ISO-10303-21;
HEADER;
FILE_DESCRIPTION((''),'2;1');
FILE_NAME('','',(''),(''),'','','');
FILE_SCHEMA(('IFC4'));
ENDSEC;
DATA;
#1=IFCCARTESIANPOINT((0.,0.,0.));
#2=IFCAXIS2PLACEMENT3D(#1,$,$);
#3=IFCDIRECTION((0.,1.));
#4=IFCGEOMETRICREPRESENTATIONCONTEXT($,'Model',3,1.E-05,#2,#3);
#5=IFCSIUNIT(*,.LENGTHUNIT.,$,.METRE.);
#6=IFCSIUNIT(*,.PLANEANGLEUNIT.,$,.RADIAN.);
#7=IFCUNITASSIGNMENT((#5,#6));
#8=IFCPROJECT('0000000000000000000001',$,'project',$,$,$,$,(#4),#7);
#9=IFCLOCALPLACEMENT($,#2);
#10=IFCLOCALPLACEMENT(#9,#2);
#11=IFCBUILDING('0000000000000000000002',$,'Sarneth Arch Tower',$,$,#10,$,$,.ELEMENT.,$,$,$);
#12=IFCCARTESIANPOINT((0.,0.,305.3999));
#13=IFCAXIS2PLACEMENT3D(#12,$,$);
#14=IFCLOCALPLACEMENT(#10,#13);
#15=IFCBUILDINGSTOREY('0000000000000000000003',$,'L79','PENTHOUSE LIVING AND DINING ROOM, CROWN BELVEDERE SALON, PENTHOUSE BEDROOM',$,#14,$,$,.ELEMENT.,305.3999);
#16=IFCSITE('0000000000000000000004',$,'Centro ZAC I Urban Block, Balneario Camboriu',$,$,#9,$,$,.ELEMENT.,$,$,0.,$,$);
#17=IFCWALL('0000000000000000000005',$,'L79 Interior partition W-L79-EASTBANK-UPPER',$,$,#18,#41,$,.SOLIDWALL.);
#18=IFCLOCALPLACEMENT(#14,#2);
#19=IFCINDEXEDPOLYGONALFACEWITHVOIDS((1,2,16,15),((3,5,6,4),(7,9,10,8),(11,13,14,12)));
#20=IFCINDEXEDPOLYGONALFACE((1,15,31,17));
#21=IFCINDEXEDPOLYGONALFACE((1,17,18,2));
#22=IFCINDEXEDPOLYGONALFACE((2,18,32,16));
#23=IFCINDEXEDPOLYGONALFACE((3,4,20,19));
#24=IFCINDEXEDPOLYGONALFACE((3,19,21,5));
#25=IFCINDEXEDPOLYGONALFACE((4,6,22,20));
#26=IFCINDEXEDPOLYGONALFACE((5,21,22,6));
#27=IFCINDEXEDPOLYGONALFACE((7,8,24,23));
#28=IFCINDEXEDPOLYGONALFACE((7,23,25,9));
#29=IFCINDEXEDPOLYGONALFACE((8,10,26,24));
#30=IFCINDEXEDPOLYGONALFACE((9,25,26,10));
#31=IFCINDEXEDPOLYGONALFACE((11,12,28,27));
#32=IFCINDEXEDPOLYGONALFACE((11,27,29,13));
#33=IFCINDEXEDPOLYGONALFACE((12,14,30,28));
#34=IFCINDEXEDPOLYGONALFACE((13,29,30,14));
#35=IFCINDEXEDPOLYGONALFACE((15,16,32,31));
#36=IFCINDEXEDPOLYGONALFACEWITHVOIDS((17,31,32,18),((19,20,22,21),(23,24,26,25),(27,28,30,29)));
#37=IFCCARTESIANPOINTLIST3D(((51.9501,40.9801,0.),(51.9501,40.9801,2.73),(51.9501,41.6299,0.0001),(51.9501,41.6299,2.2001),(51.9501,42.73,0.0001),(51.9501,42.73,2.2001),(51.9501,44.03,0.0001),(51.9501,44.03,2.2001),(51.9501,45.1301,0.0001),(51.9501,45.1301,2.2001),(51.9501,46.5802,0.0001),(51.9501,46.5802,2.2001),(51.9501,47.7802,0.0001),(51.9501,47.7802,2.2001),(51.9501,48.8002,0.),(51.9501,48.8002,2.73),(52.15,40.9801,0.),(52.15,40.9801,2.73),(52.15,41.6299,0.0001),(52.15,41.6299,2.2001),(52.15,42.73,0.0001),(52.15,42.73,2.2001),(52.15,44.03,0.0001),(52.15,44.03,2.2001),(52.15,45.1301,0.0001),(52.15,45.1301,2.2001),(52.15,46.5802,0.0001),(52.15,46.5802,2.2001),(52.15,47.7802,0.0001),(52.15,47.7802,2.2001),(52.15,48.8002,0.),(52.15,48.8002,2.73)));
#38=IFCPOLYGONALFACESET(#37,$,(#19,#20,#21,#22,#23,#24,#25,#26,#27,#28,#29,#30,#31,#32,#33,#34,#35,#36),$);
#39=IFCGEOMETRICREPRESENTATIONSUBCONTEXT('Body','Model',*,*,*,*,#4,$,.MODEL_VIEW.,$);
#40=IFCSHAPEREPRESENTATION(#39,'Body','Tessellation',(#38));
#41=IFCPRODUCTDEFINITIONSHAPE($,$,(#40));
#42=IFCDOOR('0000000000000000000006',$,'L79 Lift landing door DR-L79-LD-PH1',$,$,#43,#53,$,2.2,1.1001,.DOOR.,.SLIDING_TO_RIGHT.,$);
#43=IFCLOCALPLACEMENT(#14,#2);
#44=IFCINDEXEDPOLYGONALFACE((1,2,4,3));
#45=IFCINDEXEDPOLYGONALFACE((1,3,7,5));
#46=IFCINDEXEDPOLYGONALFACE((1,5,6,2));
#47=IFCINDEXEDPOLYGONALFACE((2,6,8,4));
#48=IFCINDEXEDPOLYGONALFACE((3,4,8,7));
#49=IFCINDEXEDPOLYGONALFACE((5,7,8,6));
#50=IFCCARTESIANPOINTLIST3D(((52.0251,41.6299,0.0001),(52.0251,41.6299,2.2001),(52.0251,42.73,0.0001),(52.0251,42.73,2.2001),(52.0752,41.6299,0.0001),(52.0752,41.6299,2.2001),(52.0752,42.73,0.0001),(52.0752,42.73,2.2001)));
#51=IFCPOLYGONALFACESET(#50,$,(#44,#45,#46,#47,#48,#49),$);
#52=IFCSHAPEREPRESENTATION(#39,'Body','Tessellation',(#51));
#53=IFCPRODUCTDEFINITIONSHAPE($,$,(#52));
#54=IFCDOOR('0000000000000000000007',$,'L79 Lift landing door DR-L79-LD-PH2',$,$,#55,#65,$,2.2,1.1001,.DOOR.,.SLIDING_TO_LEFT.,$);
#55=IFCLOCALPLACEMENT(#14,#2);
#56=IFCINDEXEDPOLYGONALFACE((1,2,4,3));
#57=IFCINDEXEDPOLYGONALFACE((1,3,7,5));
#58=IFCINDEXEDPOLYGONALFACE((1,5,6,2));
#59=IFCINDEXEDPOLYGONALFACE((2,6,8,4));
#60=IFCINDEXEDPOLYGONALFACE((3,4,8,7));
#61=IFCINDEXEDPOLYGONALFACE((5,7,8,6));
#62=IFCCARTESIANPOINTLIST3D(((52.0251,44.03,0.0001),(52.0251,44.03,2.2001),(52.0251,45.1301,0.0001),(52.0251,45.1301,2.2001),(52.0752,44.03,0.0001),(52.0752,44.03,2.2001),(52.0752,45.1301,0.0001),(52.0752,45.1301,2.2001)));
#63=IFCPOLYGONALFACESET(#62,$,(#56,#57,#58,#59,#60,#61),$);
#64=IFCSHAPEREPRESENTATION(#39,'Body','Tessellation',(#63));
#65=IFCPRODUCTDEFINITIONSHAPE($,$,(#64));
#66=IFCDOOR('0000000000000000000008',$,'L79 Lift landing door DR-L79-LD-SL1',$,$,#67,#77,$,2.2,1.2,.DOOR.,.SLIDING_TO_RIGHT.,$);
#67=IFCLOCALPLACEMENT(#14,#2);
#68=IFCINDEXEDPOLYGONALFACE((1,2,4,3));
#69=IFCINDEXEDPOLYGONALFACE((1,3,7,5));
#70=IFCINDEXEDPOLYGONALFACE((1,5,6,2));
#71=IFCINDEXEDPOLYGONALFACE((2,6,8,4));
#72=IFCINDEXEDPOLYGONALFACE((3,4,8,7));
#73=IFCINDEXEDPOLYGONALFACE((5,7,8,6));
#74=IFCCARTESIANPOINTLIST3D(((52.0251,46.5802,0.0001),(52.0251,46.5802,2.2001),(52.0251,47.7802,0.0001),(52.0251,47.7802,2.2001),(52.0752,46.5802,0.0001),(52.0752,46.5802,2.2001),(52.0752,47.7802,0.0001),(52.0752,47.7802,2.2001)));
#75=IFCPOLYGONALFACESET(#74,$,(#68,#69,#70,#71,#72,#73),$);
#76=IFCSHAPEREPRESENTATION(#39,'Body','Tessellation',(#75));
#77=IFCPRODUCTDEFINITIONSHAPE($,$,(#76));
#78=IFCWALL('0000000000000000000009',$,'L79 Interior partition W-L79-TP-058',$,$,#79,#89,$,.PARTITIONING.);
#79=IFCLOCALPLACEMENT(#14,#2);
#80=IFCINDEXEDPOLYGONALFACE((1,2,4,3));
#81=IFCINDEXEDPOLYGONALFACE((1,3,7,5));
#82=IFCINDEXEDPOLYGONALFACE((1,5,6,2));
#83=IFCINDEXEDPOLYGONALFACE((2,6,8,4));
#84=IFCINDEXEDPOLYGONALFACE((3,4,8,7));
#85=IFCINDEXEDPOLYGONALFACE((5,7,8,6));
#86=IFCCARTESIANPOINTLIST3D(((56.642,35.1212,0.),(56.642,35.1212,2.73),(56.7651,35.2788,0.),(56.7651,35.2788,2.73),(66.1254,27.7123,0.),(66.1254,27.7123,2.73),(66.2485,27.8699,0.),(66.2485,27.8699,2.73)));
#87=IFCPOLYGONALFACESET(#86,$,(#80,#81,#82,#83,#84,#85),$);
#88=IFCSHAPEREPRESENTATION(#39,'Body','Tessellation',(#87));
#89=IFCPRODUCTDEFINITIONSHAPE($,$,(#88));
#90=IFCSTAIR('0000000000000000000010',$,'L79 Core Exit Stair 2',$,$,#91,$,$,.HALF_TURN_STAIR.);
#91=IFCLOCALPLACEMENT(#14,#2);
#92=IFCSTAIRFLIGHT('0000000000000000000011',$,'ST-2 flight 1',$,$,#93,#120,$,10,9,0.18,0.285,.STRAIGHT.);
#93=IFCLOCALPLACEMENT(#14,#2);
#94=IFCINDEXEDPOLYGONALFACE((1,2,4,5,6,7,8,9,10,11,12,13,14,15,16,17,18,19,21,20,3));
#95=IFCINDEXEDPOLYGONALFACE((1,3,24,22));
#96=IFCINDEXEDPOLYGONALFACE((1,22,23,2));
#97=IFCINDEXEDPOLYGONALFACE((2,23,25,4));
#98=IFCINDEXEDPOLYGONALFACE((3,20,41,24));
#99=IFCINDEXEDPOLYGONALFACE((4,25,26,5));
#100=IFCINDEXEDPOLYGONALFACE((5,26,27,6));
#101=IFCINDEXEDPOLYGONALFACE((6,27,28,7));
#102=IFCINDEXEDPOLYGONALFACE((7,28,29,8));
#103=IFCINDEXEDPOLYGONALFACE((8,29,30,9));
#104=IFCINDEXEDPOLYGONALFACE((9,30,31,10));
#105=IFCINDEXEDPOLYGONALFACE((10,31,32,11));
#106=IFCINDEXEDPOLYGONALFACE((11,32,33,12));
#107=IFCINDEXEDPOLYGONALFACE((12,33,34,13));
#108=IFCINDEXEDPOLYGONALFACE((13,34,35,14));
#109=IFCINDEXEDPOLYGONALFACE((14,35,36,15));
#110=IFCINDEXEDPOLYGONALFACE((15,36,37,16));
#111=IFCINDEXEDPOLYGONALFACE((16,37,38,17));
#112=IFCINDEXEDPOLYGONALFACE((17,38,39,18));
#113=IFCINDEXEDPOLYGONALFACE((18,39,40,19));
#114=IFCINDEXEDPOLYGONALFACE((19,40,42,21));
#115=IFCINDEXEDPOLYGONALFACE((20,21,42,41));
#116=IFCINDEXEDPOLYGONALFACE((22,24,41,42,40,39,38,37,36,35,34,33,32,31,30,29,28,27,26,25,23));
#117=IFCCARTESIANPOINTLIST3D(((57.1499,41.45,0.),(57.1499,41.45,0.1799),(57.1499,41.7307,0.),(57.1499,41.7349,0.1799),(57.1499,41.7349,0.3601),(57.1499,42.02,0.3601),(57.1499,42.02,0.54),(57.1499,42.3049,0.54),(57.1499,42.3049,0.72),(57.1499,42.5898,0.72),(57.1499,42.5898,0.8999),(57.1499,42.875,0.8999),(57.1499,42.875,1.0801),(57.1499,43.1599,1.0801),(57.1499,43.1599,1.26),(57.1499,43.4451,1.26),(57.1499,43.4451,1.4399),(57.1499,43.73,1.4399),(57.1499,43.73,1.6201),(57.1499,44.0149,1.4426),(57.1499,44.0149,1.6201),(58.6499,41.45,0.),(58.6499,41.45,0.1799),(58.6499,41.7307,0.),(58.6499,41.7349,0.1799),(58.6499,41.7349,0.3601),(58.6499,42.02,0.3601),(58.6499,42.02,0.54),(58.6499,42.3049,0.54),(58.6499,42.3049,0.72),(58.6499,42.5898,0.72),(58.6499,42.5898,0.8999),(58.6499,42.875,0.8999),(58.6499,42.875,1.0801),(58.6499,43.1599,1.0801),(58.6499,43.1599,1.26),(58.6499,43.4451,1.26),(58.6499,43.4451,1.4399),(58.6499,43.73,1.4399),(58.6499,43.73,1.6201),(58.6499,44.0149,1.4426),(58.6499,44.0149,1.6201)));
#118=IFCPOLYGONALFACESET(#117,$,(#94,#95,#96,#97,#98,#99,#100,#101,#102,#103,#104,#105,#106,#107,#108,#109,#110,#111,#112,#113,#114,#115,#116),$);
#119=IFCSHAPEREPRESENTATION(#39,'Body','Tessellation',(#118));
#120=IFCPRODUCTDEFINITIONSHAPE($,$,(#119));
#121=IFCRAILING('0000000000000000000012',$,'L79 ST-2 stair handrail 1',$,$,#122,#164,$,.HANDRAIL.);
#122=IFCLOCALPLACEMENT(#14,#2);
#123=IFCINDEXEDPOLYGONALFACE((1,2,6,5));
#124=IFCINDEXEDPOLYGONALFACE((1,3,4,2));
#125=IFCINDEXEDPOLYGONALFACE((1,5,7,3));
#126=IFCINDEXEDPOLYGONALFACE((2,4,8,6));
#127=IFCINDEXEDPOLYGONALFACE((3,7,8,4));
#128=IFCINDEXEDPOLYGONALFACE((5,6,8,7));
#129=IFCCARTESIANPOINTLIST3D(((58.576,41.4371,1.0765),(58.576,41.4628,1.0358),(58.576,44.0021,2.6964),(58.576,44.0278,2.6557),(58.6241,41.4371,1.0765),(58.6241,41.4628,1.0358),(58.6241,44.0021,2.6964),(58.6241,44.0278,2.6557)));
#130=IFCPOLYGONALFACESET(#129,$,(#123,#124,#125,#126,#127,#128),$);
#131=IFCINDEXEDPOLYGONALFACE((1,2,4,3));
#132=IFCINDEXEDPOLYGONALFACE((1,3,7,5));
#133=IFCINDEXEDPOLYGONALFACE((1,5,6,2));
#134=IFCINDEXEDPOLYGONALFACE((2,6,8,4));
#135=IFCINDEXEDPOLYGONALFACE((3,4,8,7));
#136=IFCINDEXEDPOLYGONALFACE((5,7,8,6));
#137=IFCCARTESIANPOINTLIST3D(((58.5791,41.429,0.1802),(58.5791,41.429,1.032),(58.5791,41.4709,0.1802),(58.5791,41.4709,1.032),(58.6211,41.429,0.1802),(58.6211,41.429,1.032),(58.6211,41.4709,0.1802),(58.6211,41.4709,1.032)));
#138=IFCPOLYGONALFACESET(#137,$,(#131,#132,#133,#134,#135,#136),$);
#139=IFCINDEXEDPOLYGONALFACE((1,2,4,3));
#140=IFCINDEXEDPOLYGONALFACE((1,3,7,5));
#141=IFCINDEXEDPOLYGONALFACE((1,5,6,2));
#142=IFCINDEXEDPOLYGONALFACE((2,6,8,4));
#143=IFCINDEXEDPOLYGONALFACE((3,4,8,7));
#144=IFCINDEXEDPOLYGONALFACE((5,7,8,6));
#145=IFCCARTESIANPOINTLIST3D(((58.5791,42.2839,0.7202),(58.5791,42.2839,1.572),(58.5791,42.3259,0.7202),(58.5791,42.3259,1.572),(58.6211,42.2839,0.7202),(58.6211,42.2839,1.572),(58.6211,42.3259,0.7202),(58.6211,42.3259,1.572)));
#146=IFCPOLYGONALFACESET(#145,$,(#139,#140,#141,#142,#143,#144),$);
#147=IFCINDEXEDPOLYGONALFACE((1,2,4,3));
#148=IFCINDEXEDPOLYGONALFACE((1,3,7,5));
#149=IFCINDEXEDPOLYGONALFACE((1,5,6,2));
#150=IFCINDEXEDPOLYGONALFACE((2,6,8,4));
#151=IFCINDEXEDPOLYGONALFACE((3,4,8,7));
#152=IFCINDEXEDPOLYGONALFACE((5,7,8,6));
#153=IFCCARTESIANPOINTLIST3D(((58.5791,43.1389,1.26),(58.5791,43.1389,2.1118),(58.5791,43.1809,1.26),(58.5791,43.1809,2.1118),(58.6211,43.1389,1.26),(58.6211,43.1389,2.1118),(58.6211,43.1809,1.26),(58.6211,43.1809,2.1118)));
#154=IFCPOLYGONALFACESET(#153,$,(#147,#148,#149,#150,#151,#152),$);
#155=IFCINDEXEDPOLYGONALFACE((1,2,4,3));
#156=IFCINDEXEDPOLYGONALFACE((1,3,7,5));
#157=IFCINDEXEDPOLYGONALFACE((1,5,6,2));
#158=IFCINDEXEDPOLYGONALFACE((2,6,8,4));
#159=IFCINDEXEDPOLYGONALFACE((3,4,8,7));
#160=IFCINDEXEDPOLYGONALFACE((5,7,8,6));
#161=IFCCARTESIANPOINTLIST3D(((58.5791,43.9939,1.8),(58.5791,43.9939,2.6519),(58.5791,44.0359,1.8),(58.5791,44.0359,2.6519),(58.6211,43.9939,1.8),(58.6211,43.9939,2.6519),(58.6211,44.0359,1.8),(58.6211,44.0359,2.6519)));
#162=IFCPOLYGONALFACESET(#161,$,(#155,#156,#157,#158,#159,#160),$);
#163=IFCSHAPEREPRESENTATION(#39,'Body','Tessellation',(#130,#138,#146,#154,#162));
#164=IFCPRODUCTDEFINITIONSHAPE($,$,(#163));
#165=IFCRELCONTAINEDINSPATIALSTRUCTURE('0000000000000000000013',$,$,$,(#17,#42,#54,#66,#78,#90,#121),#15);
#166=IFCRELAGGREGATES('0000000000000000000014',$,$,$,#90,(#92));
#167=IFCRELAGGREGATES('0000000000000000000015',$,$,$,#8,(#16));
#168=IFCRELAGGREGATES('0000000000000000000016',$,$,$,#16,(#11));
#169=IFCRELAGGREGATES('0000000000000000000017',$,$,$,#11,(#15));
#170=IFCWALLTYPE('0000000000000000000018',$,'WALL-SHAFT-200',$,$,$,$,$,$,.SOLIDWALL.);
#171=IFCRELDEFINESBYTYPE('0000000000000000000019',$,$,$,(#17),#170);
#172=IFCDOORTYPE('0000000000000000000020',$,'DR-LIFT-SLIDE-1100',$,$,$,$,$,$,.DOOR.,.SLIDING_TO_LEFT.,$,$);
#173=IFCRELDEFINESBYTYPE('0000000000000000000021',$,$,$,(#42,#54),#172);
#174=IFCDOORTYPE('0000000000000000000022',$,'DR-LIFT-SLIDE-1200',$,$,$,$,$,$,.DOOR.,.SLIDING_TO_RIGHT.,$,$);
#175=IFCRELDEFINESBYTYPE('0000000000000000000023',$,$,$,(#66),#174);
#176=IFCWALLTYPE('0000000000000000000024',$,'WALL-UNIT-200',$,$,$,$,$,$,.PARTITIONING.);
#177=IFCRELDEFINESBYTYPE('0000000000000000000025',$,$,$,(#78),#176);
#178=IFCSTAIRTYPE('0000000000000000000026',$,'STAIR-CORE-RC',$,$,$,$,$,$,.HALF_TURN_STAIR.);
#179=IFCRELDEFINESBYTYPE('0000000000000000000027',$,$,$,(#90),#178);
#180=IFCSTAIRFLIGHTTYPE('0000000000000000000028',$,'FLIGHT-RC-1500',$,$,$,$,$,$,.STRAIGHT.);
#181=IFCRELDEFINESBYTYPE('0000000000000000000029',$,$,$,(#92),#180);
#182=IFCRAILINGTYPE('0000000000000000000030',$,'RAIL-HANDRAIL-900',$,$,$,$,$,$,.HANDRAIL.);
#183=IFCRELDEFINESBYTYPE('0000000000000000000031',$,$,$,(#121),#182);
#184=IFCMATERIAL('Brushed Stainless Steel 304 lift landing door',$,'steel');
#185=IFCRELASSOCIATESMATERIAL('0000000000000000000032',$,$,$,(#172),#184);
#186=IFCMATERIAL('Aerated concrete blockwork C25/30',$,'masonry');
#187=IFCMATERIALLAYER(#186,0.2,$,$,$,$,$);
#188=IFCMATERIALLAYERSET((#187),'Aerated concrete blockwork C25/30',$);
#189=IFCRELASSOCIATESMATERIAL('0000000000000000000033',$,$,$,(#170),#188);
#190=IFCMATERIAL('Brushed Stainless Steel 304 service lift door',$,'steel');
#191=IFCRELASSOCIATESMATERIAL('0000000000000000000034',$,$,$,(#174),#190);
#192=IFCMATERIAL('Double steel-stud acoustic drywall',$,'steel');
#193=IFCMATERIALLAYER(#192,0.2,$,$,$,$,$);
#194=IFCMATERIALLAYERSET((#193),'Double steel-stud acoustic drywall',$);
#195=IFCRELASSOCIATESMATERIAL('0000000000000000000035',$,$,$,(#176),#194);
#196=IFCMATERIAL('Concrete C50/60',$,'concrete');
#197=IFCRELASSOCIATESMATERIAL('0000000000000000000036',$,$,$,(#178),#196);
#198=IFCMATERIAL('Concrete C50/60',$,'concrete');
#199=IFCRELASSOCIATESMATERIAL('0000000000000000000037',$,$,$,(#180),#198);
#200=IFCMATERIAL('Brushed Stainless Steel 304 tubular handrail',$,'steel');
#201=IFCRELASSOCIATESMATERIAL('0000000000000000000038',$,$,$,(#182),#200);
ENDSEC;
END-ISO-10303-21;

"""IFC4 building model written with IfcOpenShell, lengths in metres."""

from ifc_helpers import new_model, si_unit, direction, frame, frame_2d, origin, origin_2d, place, context, subcontext, project, spatial, polyline, rectangle, outline, extrude, material, layer, layer_set, type_object, element, fill, aggregate, save


model = new_model("IFC4")

# Units and contexts
model_context = context("Model", 3, precision=1e-05, world=origin(), true_north=direction((0.0, 1.0)))
body_context = subcontext(model_context, "Body", "Model", "MODEL_VIEW")
ifc_project = project(units=[si_unit("LENGTHUNIT", "METRE"), si_unit("PLANEANGLEUNIT", "RADIAN")], contexts=[model_context])

# Site, building, storey
site_placement = place(None, origin())
site = spatial("IfcSite", under=ifc_project, at=site_placement, Name="Centro ZAC I Urban Block, Balneario Camboriu", CompositionType="ELEMENT", RefElevation=0.0)
building_placement = place(site_placement, origin())
building = spatial("IfcBuilding", under=site, at=building_placement, Name="Sarneth Arch Tower", CompositionType="ELEMENT")
storey_placement = place(building_placement, frame((0.0, 0.0, 305.3999)))
storey = spatial("IfcBuildingStorey", under=building, at=storey_placement, Name="L79", Description="PENTHOUSE LIVING AND DINING ROOM, CROWN BELVEDERE SALON, PENTHOUSE BEDROOM", CompositionType="ELEMENT", Elevation=305.3999)

# Shared definitions
ifc_material_1 = material(Name="Brushed Stainless Steel 304 lift landing door", Category="steel")
door_type_1 = type_object("IfcDoorType", Name="DR-LIFT-SLIDE-1100", OperationType="SLIDING_TO_LEFT", PredefinedType="DOOR", material=ifc_material_1)

# Shared definitions
ifc_material_2 = material(Name="Aerated concrete blockwork C25/30", Category="masonry")
ifc_layer_1 = layer(ifc_material_2, 0.2)
ifc_layer_set_1 = layer_set([ifc_layer_1], Name="Aerated concrete blockwork C25/30")
wall_type_1 = type_object("IfcWallType", Name="WALL-SHAFT-200", PredefinedType="SOLIDWALL", material=ifc_layer_set_1)

# Wall, openings, doors
wall_1_placement = place(storey_placement, frame((52.05, 40.98, 0.0), z_axis=(0.0, 0.0, 1.0), x_axis=(0.0, 1.0, 0.0)))
wall_1 = element("IfcWall", 1, at=wall_1_placement, inside=storey, type_object=wall_type_1, Name="L79 Interior partition W-L79-EASTBANK-UPPER", PredefinedType="SOLIDWALL", context=body_context, shape_type="SweptSolid", body=[
    extrude(rectangle(XDim=7.8201, YDim=0.2, at=frame_2d((3.9102, 0.0))), origin(), (0.0, 0.0, 1.0), 2.73),
])
opening_1_placement = place(wall_1_placement, frame((0.6499, 0.0, 0.0)))
opening_1 = element("IfcOpeningElement", 2, at=opening_1_placement, cuts=wall_1, PredefinedType="OPENING", context=body_context, shape_type="SweptSolid", body=[
    extrude(rectangle(XDim=1.1001, YDim=2.2, at=frame_2d((0.55, 1.1001))), frame((0.0, 0.1099, 0.0), z_axis=(0.0, -1.0, 0.0), x_axis=(1.0, 0.0, 0.0)), (0.0, 0.0, 1.0), 0.22),
])
opening_2_placement = place(wall_1_placement, frame((3.05, 0.0, 0.0)))
opening_2 = element("IfcOpeningElement", 3, at=opening_2_placement, cuts=wall_1, PredefinedType="OPENING", context=body_context, shape_type="SweptSolid", body=[
    extrude(rectangle(XDim=1.1001, YDim=2.2, at=frame_2d((0.55, 1.1001))), frame((0.0, 0.1099, 0.0), z_axis=(0.0, -1.0, 0.0), x_axis=(1.0, 0.0, 0.0)), (0.0, 0.0, 1.0), 0.22),
])
opening_3_placement = place(wall_1_placement, frame((5.6001, 0.0, 0.0)))
opening_3 = element("IfcOpeningElement", 4, at=opening_3_placement, cuts=wall_1, PredefinedType="OPENING", context=body_context, shape_type="SweptSolid", body=[
    extrude(rectangle(XDim=1.2, YDim=2.2, at=frame_2d((0.6001, 1.1001))), frame((0.0, 0.1099, 0.0), z_axis=(0.0, -1.0, 0.0), x_axis=(1.0, 0.0, 0.0)), (0.0, 0.0, 1.0), 0.22),
])
door_1_placement = place(opening_1_placement, origin())
door_1 = element("IfcDoor", 5, at=door_1_placement, inside=storey, type_object=door_type_1, Name="L79 Lift landing door DR-L79-LD-PH1", OperationType="SLIDING_TO_RIGHT", OverallHeight=2.2, OverallWidth=1.1001, PredefinedType="DOOR", context=body_context, shape_type="SweptSolid", body=[
    extrude(rectangle(XDim=1.1001, YDim=2.2, at=frame_2d((0.55, 1.1001))), frame((0.0, 0.0249, 0.0), z_axis=(0.0, -1.0, 0.0), x_axis=(1.0, 0.0, 0.0)), (0.0, 0.0, 1.0), 0.05),
])
fill(opening_1, door_1)
door_2_placement = place(opening_2_placement, origin())
door_2 = element("IfcDoor", 6, at=door_2_placement, inside=storey, type_object=door_type_1, Name="L79 Lift landing door DR-L79-LD-PH2", OperationType="SLIDING_TO_LEFT", OverallHeight=2.2, OverallWidth=1.1001, PredefinedType="DOOR", context=body_context, shape_type="SweptSolid", body=[
    extrude(rectangle(XDim=1.1001, YDim=2.2, at=frame_2d((0.55, 1.1001))), frame((0.0, 0.0249, 0.0), z_axis=(0.0, -1.0, 0.0), x_axis=(1.0, 0.0, 0.0)), (0.0, 0.0, 1.0), 0.05),
])
fill(opening_2, door_2)
ifc_material_3 = material(Name="Brushed Stainless Steel 304 service lift door", Category="steel")
door_type_2 = type_object("IfcDoorType", Name="DR-LIFT-SLIDE-1200", OperationType="SLIDING_TO_RIGHT", PredefinedType="DOOR", material=ifc_material_3)
door_3_placement = place(opening_3_placement, origin())
door_3 = element("IfcDoor", 7, at=door_3_placement, inside=storey, type_object=door_type_2, Name="L79 Lift landing door DR-L79-LD-SL1", OperationType="SLIDING_TO_RIGHT", OverallHeight=2.2, OverallWidth=1.2, PredefinedType="DOOR", context=body_context, shape_type="SweptSolid", body=[
    extrude(rectangle(XDim=1.2, YDim=2.2, at=frame_2d((0.6001, 1.1001))), frame((0.0, 0.0249, 0.0), z_axis=(0.0, -1.0, 0.0), x_axis=(1.0, 0.0, 0.0)), (0.0, 0.0, 1.0), 0.05),
])
fill(opening_3, door_3)

# Wall
ifc_material_4 = material(Name="Double steel-stud acoustic drywall", Category="steel")
ifc_layer_2 = layer(ifc_material_4, 0.2)
ifc_layer_set_2 = layer_set([ifc_layer_2], Name="Double steel-stud acoustic drywall")
wall_type_2 = type_object("IfcWallType", Name="WALL-UNIT-200", PredefinedType="PARTITIONING", material=ifc_layer_set_2)
wall_2_placement = place(storey_placement, frame((56.7036, 35.2, 0.0), z_axis=(0.0, 0.0, 1.0), x_axis=(0.788023, -0.615646, 0.0)))
element("IfcWall", 8, at=wall_2_placement, inside=storey, type_object=wall_type_2, Name="L79 Interior partition W-L79-TP-058", PredefinedType="PARTITIONING", context=body_context, shape_type="SweptSolid", body=[
    extrude(rectangle(XDim=12.0344, YDim=0.2, at=frame_2d((6.0171, 0.0))), origin(), (0.0, 0.0, 1.0), 2.73),
])

# Stair, stair flight
ifc_material_5 = material(Name="Concrete C50/60", Category="concrete")
stair_type = type_object("IfcStairType", Name="STAIR-CORE-RC", PredefinedType="HALF_TURN_STAIR", material=ifc_material_5)
stair_placement = place(storey_placement, origin())
stair = element("IfcStair", 9, at=stair_placement, inside=storey, type_object=stair_type, Name="L79 Core Exit Stair 2", PredefinedType="HALF_TURN_STAIR")
ifc_material_6 = material(Name="Concrete C50/60", Category="concrete")
stair_flight_type = type_object("IfcStairFlightType", Name="FLIGHT-RC-1500", PredefinedType="STRAIGHT", material=ifc_material_6)
stair_flight_placement = place(storey_placement, frame((57.8999, 41.45, 0.0), z_axis=(0.0, 0.0, 1.0), x_axis=(0.0, 1.0, 0.0)))
stair_flight = element("IfcStairFlight", 10, at=stair_flight_placement, type_object=stair_flight_type, Name="ST-2 flight 1", NumberOfRisers=10, NumberOfTreads=9, PredefinedType="STRAIGHT", RiserHeight=0.18, TreadLength=0.285, context=body_context, shape_type="SweptSolid", body=[
    extrude(outline(polyline([(0.0, 0.0), (0.0, 0.1799), (0.2849, 0.1799), (0.2849, 0.3601), (0.5701, 0.3601), (0.5701, 0.54), (0.855, 0.54), (0.855, 0.72), (1.1399, 0.72), (1.1399, 0.8999), (1.425, 0.8999), (1.425, 1.0801), (1.71, 1.0801), (1.71, 1.26), (1.9951, 1.26), (1.9951, 1.4399), (2.28, 1.4399), (2.28, 1.6201), (2.5649, 1.6201), (2.5649, 1.8), (2.5649, 1.4426), (0.2808, 0.0), (0.0, 0.0)])), frame((0.0, 0.75, 0.0), z_axis=(0.0, -1.0, 0.0), x_axis=(1.0, 0.0, 0.0)), (0.0, 0.0, 1.0), 1.5),
])
aggregate(stair, [stair_flight])

# Railing
ifc_material_7 = material(Name="Brushed Stainless Steel 304 tubular handrail", Category="steel")
railing_type_1 = type_object("IfcRailingType", Name="RAIL-HANDRAIL-900", PredefinedType="HANDRAIL", material=ifc_material_7)
railing_1_placement = place(storey_placement, frame((58.6001, 41.45, 0.1802)))
element("IfcRailing", 11, at=railing_1_placement, inside=storey, type_object=railing_type_1, Name="L79 ST-2 stair handrail 1", PredefinedType="HANDRAIL", context=body_context, shape_type="SweptSolid", body=[
    extrude(rectangle(XDim=0.0481, YDim=0.0481, at=origin_2d()), frame((0.0, 0.0, 0.876), z_axis=(0.0, 0.845502, 0.533972), x_axis=(-1.0, 0.0, 0.0)), (0.0, 0.0, 1.0), 3.0337),
    extrude(rectangle(XDim=0.042, YDim=0.042, at=origin_2d()), origin(), (0.0, 0.0, 1.0), 0.8518),
    extrude(rectangle(XDim=0.042, YDim=0.042, at=origin_2d()), frame((0.0, 0.855, 0.54)), (0.0, 0.0, 1.0), 0.8518),
    extrude(rectangle(XDim=0.042, YDim=0.042, at=origin_2d()), frame((0.0, 1.71, 1.0798)), (0.0, 0.0, 1.0), 0.8518),
    extrude(rectangle(XDim=0.042, YDim=0.042, at=origin_2d()), frame((0.0, 2.5649, 1.6199)), (0.0, 0.0, 1.0), 0.8518),
])

save(model, "model.ifc")
